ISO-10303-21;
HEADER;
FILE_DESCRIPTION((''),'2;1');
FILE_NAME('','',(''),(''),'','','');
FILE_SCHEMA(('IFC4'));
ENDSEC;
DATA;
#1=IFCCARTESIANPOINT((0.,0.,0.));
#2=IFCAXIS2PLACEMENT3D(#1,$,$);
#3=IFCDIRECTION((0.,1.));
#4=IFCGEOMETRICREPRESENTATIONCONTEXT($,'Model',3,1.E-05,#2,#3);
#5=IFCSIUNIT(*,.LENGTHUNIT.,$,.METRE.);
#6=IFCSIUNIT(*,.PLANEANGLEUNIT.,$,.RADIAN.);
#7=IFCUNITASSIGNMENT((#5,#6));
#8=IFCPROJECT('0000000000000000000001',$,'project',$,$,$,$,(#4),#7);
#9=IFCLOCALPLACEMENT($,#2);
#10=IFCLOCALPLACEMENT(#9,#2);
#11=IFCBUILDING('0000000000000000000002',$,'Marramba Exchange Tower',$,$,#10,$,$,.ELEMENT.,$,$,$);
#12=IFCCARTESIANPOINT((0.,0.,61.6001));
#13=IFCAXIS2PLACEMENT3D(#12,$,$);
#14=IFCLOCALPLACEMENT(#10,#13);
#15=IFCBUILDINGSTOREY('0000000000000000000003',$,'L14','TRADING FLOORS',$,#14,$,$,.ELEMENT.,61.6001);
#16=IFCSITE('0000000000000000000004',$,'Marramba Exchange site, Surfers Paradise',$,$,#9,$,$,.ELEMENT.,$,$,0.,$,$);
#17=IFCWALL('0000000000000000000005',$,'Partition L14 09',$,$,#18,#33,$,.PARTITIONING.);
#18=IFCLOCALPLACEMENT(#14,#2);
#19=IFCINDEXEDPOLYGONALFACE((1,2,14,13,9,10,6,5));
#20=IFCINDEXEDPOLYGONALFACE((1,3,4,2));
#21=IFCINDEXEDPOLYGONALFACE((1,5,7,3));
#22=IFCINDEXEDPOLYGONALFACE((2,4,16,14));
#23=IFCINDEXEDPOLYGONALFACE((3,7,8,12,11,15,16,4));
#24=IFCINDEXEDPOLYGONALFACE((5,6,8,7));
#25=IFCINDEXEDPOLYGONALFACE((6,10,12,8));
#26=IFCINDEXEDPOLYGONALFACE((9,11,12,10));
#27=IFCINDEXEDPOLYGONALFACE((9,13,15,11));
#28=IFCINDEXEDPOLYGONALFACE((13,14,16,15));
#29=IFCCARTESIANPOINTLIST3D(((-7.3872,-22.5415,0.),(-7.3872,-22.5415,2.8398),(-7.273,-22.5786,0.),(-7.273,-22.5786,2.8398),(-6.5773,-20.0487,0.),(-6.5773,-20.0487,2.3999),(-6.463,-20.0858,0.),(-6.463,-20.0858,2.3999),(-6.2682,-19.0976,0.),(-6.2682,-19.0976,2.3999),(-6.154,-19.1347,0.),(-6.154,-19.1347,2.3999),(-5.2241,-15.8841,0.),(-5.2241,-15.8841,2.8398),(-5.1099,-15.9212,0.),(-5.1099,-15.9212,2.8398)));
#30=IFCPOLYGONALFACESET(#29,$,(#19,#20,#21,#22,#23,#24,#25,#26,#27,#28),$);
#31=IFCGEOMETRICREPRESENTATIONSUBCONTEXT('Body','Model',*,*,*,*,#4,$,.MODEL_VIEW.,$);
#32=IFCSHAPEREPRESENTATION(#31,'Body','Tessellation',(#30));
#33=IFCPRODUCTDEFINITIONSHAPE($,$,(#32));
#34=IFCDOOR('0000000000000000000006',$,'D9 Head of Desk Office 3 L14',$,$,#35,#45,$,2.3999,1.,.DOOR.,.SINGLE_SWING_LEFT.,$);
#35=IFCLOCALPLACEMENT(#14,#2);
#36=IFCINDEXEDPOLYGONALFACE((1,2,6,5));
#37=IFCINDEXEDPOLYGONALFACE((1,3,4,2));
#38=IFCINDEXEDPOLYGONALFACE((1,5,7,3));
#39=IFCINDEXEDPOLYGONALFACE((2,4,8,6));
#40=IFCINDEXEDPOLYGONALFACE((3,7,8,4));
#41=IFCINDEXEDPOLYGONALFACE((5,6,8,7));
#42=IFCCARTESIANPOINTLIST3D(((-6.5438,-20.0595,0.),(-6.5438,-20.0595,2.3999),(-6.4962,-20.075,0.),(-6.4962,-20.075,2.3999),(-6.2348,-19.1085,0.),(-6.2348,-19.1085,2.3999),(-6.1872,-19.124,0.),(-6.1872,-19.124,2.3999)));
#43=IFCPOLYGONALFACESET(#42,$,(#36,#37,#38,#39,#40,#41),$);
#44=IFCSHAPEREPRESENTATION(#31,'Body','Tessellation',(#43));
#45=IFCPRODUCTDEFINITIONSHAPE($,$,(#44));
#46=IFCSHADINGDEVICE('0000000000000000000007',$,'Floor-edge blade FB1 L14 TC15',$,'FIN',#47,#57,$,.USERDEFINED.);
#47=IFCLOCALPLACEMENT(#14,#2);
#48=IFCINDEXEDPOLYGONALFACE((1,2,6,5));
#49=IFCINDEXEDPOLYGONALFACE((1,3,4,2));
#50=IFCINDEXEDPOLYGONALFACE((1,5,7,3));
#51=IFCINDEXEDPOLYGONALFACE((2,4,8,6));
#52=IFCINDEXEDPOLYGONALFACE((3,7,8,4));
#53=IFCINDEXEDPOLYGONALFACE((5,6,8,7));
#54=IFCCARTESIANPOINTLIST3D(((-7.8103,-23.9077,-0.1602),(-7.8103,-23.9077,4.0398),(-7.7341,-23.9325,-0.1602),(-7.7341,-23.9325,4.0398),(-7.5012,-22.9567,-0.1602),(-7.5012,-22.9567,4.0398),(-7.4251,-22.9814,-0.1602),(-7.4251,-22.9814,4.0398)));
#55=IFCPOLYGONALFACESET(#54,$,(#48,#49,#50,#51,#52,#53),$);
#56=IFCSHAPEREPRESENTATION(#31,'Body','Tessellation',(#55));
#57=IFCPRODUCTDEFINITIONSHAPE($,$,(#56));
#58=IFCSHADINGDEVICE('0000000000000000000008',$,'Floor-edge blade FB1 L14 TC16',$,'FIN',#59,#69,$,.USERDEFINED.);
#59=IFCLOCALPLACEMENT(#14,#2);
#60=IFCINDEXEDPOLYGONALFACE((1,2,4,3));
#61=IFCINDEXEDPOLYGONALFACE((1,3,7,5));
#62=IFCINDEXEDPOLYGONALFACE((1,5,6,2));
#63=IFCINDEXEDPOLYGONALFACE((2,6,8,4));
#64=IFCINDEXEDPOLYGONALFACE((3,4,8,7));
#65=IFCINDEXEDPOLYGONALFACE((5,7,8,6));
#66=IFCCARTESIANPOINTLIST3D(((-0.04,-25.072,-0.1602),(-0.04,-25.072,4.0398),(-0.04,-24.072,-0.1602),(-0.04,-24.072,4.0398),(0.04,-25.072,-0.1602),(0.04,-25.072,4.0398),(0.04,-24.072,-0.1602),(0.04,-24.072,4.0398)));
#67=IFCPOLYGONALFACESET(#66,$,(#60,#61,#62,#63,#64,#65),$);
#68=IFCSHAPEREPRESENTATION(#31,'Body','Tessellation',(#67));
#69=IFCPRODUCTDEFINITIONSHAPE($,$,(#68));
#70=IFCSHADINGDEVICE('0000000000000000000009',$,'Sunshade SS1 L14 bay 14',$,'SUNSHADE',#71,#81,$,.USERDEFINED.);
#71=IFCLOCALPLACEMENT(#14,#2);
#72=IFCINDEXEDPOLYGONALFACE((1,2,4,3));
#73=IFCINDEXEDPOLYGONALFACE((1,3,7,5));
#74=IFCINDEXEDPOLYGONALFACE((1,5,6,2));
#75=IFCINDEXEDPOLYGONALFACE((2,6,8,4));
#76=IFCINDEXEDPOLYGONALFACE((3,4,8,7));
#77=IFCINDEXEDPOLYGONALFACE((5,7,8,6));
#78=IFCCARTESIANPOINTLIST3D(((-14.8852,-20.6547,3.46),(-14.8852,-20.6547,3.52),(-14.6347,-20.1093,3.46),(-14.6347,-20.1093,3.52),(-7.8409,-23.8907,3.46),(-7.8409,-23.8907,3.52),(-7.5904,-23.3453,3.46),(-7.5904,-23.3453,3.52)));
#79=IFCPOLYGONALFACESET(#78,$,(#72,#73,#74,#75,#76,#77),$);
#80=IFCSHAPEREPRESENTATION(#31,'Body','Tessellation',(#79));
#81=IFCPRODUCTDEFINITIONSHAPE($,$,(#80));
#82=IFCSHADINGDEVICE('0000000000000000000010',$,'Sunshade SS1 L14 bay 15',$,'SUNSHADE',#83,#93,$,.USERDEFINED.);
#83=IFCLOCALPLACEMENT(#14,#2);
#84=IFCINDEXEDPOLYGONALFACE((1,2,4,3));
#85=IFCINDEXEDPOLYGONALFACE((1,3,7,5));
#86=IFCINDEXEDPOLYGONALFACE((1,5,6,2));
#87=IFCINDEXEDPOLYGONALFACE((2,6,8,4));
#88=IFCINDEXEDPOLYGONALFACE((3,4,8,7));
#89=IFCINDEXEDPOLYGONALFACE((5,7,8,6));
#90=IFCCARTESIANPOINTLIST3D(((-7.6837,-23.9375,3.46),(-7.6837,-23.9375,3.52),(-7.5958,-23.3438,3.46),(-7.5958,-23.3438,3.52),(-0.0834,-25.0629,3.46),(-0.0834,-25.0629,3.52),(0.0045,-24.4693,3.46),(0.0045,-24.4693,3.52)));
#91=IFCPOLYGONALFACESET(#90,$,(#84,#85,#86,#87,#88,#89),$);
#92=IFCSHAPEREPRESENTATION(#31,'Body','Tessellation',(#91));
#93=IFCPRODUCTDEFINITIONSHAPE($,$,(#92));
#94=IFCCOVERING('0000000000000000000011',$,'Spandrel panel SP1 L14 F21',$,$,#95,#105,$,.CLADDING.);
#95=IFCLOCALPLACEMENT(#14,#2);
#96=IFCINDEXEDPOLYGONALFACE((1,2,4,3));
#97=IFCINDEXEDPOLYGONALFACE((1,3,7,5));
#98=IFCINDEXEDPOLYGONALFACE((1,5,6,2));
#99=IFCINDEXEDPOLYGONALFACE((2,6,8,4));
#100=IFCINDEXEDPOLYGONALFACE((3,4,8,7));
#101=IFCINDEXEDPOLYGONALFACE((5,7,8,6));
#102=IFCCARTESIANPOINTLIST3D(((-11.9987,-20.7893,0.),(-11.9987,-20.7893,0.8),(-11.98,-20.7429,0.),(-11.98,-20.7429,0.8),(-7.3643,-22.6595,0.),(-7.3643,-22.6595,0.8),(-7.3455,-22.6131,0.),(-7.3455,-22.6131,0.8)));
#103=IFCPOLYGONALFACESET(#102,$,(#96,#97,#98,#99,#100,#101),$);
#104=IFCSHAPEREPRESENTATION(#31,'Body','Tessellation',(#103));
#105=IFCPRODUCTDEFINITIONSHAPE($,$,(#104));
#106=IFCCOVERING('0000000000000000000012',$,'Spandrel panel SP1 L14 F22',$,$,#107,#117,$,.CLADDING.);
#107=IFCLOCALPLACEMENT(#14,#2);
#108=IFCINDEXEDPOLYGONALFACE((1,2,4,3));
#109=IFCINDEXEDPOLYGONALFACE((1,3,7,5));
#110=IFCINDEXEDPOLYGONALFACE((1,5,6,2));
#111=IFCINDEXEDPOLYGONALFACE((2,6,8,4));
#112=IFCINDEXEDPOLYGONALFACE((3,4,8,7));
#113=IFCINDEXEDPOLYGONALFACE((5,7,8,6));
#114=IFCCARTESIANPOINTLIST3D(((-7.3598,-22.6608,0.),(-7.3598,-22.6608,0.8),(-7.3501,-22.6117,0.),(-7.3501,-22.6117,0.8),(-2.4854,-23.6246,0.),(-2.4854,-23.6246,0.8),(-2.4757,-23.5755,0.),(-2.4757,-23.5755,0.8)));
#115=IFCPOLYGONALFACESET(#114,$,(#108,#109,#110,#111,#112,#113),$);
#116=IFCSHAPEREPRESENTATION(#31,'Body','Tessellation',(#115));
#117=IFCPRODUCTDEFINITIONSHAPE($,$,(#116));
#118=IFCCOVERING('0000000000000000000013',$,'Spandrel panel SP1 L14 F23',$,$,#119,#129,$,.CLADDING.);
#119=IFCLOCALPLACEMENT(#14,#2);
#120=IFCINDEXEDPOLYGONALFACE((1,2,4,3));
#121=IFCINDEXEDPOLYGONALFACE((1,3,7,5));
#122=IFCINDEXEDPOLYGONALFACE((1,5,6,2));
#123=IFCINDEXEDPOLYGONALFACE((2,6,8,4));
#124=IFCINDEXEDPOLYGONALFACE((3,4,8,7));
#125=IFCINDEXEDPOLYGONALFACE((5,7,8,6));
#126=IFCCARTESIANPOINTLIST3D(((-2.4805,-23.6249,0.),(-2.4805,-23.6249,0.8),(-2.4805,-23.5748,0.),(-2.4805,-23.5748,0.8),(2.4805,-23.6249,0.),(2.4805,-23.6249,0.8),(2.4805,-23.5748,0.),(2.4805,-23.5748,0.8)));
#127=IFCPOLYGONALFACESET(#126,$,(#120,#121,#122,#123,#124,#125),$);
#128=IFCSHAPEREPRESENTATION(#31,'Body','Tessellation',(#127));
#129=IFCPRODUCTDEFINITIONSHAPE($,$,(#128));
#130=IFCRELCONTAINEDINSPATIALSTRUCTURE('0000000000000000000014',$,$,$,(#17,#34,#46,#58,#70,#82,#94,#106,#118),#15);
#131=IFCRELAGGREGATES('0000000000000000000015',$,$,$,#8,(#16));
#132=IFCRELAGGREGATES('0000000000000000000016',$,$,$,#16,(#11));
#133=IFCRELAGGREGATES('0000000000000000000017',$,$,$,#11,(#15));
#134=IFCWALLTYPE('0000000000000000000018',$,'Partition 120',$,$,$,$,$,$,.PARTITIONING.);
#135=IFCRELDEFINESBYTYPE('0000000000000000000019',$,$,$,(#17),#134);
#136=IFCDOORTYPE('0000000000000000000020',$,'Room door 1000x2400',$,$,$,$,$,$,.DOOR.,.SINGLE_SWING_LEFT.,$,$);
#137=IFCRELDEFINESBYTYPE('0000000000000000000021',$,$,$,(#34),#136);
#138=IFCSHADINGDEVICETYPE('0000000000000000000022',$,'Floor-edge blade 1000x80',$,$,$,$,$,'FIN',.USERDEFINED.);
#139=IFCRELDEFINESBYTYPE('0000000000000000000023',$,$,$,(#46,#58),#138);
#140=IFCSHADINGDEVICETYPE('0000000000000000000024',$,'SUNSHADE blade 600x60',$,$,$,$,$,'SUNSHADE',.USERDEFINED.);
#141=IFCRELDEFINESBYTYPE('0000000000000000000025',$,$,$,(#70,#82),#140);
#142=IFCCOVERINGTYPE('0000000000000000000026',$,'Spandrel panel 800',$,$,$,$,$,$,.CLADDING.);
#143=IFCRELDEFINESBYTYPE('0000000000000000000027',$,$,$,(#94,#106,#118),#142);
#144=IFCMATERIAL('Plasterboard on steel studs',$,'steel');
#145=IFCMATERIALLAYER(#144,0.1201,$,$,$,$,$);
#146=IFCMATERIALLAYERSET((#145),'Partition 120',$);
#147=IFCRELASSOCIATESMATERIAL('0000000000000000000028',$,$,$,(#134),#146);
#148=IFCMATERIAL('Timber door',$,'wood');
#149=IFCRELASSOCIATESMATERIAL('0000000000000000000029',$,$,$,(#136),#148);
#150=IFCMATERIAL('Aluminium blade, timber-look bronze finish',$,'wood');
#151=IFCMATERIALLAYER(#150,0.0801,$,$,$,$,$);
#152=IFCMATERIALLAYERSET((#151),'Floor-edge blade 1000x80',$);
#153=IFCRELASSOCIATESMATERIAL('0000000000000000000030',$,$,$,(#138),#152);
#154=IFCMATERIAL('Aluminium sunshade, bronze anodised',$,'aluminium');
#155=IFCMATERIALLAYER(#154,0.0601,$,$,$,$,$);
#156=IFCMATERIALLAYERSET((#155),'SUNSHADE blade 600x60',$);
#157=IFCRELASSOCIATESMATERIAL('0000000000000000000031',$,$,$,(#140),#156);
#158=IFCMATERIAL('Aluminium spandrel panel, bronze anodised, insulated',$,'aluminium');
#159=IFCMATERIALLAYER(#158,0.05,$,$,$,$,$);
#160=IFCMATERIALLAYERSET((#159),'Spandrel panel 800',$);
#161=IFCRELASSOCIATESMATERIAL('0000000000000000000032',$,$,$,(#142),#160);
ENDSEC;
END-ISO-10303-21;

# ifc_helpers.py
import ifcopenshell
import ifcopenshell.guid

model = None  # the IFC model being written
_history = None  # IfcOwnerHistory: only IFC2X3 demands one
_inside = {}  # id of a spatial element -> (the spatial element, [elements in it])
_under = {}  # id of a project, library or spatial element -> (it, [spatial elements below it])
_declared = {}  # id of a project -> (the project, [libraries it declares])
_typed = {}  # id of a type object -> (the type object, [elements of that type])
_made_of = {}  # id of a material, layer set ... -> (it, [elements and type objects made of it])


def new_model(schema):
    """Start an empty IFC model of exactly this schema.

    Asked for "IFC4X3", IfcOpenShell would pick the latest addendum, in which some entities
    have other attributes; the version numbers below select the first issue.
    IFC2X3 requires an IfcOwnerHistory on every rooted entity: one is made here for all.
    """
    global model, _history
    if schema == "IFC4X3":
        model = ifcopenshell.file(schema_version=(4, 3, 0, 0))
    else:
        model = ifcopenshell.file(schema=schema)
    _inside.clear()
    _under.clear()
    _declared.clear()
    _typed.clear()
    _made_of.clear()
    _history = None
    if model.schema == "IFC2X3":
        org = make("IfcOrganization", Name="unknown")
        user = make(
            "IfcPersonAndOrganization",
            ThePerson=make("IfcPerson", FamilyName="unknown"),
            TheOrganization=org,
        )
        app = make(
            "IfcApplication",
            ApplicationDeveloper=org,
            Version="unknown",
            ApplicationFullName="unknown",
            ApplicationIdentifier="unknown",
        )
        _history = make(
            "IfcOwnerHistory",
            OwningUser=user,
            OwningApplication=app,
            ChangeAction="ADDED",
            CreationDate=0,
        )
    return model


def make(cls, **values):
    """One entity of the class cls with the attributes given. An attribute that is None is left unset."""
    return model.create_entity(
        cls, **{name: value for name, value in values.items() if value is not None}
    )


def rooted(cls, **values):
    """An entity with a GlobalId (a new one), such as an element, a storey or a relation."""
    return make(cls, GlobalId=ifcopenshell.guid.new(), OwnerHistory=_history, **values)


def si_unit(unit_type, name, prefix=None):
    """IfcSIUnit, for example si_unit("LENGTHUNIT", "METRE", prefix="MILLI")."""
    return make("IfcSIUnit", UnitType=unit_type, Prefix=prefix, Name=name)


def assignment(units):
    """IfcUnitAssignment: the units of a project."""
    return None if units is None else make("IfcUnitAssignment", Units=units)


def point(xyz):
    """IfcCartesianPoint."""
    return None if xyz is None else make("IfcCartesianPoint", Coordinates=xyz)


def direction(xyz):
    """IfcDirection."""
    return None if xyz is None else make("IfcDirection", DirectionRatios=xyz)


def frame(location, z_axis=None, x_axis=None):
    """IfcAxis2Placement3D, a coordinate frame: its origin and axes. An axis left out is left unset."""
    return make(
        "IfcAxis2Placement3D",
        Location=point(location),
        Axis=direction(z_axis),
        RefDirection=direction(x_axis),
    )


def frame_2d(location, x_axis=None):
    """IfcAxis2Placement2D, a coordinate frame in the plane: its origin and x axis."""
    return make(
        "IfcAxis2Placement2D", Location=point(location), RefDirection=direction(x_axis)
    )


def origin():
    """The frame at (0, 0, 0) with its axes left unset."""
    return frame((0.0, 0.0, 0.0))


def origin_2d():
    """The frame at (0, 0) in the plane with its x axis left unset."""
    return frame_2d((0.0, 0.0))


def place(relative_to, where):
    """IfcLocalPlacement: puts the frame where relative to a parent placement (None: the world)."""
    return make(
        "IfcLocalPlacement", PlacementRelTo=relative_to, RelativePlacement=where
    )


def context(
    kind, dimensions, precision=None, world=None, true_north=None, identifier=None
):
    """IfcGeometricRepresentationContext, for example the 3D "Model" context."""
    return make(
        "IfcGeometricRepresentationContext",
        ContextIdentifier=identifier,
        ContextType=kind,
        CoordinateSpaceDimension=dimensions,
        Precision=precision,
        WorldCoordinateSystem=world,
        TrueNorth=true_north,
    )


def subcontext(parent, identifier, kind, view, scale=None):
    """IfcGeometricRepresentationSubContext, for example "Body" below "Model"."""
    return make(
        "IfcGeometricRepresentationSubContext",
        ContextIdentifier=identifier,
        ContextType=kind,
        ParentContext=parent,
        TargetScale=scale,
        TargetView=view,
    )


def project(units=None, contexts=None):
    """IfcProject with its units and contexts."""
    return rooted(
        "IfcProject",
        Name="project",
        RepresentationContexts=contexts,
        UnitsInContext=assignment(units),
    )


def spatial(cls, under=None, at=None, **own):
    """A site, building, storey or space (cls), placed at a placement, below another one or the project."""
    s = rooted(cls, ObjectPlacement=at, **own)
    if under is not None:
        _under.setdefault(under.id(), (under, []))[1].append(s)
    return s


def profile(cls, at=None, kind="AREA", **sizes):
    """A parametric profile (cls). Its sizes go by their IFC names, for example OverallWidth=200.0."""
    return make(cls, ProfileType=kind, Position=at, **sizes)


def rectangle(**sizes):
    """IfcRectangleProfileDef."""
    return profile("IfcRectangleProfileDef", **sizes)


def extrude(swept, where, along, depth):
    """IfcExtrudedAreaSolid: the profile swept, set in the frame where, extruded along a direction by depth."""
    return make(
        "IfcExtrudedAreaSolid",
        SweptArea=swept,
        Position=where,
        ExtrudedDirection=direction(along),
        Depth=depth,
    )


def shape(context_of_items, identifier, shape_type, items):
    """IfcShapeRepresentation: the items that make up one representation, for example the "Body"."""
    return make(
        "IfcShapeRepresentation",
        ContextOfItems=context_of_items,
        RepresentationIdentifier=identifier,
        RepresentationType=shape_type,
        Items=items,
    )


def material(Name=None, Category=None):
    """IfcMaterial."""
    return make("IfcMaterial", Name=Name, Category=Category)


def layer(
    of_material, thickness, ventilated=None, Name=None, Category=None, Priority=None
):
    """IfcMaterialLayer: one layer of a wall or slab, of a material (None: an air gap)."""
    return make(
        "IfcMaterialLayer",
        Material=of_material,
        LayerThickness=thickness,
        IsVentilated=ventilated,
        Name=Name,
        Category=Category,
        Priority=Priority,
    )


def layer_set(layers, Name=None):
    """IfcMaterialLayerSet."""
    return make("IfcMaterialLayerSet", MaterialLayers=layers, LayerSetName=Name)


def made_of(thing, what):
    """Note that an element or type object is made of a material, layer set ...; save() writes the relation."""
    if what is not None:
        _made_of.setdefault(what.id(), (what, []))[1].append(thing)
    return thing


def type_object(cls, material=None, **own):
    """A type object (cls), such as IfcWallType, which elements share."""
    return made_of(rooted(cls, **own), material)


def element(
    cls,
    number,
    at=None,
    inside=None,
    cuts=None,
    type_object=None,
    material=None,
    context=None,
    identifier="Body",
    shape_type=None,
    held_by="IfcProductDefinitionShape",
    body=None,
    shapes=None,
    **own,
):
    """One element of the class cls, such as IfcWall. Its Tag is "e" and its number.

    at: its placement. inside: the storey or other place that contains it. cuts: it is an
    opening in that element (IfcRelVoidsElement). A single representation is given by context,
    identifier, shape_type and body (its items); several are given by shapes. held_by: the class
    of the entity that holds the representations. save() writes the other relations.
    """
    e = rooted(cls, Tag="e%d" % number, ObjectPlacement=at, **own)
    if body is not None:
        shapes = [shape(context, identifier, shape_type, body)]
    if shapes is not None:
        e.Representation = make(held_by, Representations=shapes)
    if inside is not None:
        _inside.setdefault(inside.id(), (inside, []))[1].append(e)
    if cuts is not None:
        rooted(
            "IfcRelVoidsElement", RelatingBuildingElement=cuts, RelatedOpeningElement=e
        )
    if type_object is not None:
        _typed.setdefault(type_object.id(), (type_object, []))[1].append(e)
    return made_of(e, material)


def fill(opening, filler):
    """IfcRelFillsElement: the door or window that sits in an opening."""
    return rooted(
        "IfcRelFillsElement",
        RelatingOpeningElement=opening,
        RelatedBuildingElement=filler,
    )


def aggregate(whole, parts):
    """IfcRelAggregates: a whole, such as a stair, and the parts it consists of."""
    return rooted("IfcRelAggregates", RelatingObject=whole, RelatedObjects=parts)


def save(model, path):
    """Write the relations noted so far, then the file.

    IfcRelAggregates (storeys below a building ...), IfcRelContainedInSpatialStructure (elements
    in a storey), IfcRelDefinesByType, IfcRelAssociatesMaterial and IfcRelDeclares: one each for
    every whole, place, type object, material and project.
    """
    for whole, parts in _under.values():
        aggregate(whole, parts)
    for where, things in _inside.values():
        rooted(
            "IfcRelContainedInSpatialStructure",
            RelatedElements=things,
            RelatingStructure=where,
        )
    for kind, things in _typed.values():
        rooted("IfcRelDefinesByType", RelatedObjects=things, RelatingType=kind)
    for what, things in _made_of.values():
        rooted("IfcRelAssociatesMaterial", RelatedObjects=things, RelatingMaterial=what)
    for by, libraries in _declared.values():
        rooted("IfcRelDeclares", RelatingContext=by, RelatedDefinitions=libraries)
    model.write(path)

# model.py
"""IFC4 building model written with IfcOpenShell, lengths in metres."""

from ifc_helpers import new_model, si_unit, direction, frame, frame_2d, origin, origin_2d, place, context, subcontext, project, spatial, rectangle, extrude, material, layer, layer_set, type_object, element, fill, save


model = new_model("IFC4")

# Units and contexts
model_context = context("Model", 3, precision=1e-05, world=origin(), true_north=direction((0.0, 1.0)))
body_context = subcontext(model_context, "Body", "Model", "MODEL_VIEW")
ifc_project = project(units=[si_unit("LENGTHUNIT", "METRE"), si_unit("PLANEANGLEUNIT", "RADIAN")], contexts=[model_context])

# Site, building, storey
site_placement = place(None, origin())
site = spatial("IfcSite", under=ifc_project, at=site_placement, Name="Marramba Exchange site, Surfers Paradise", CompositionType="ELEMENT", RefElevation=0.0)
building_placement = place(site_placement, origin())
building = spatial("IfcBuilding", under=site, at=building_placement, Name="Marramba Exchange Tower", CompositionType="ELEMENT")
storey_placement = place(building_placement, frame((0.0, 0.0, 61.6001)))
storey = spatial("IfcBuildingStorey", under=building, at=storey_placement, Name="L14", Description="TRADING FLOORS", CompositionType="ELEMENT", Elevation=61.6001)

# Shared definitions
ifc_material_1 = material(Name="Plasterboard on steel studs", Category="steel")
ifc_layer_1 = layer(ifc_material_1, 0.1201)
ifc_layer_set_1 = layer_set([ifc_layer_1], Name="Partition 120")
wall_type = type_object("IfcWallType", Name="Partition 120", PredefinedType="PARTITIONING", material=ifc_layer_set_1)

# Wall, opening, door
wall_1_placement = place(storey_placement, frame((-7.3301, -22.5601, 0.0), z_axis=(0.0, 0.0, 1.0), x_axis=(0.30901, 0.951059, 0.0)))
wall_1 = element("IfcWall", 1, at=wall_1_placement, inside=storey, type_object=wall_type, Name="Partition L14 09", PredefinedType="PARTITIONING", context=body_context, shape_type="SweptSolid", body=[
    extrude(rectangle(XDim=7.0, YDim=0.1201, at=frame_2d((3.5, 0.0))), origin(), (0.0, 0.0, 1.0), 2.8398),
])
opening_placement = place(wall_1_placement, frame((2.6211, 0.0, 0.0)))
opening = element("IfcOpeningElement", 2, at=opening_placement, cuts=wall_1, PredefinedType="OPENING", context=body_context, shape_type="SweptSolid", body=[
    extrude(rectangle(XDim=1.0, YDim=2.3999, at=frame_2d((0.5, 1.2))), frame((0.0, 0.0701, 0.0), z_axis=(0.0, -1.0, 0.0), x_axis=(1.0, 0.0, 0.0)), (0.0, 0.0, 1.0), 0.1401),
])
ifc_material_2 = material(Name="Timber door", Category="wood")
door_type = type_object("IfcDoorType", Name="Room door 1000x2400", OperationType="SINGLE_SWING_LEFT", PredefinedType="DOOR", material=ifc_material_2)
door_placement = place(opening_placement, origin())
door = element("IfcDoor", 3, at=door_placement, inside=storey, type_object=door_type, Name="D9 Head of Desk Office 3 L14", OperationType="SINGLE_SWING_LEFT", OverallHeight=2.3999, OverallWidth=1.0, PredefinedType="DOOR", context=body_context, shape_type="SweptSolid", body=[
    extrude(rectangle(XDim=1.0, YDim=2.3999, at=frame_2d((0.5, 1.2))), frame((0.0, 0.0249, 0.0), z_axis=(0.0, -1.0, 0.0), x_axis=(1.0, 0.0, 0.0)), (0.0, 0.0, 1.0), 0.05),
])
fill(opening, door)

# Shading devices
ifc_material_3 = material(Name="Aluminium blade, timber-look bronze finish", Category="wood")
ifc_layer_2 = layer(ifc_material_3, 0.0801)
ifc_layer_set_2 = layer_set([ifc_layer_2], Name="Floor-edge blade 1000x80")
shading_device_type_1 = type_object("IfcShadingDeviceType", Name="Floor-edge blade 1000x80", ElementType="FIN", PredefinedType="USERDEFINED", material=ifc_layer_set_2)
for number, where, z_axis, x_axis, name in (
    (4, (-7.6177, -23.4446, -0.1602), (0.0, 0.0, 1.0), (-0.309017, -0.951057, 0.0), "Floor-edge blade FB1 L14 TC15"),
    (5, (0.0, -24.572, -0.1602), (0.0, 0.0, 1.0), (0.0, -1.0, 0.0), "Floor-edge blade FB1 L14 TC16"),
):
    element("IfcShadingDevice", number, at=place(storey_placement, frame(where, z_axis=z_axis, x_axis=x_axis)), inside=storey, type_object=shading_device_type_1, Name=name, ObjectType="FIN", PredefinedType="USERDEFINED", context=body_context, shape_type="SweptSolid", body=[
        extrude(rectangle(XDim=1.0, YDim=0.0801, at=origin_2d()), origin(), (0.0, 0.0, 1.0), 4.2),
    ])
ifc_material_4 = material(Name="Aluminium sunshade, bronze anodised", Category="aluminium")
ifc_layer_3 = layer(ifc_material_4, 0.0601)
ifc_layer_set_3 = layer_set([ifc_layer_3], Name="SUNSHADE blade 600x60")
shading_device_type_2 = type_object("IfcShadingDeviceType", Name="SUNSHADE blade 600x60", ElementType="SUNSHADE", PredefinedType="USERDEFINED", material=ifc_layer_set_3)
shading_device_1_placement = place(storey_placement, frame((-11.2378, -22.0, 3.46), z_axis=(0.0, 0.0, 1.0), x_axis=(0.908704, -0.417442, 0.0)))
element("IfcShadingDevice", 6, at=shading_device_1_placement, inside=storey, type_object=shading_device_type_2, Name="Sunshade SS1 L14 bay 14", ObjectType="SUNSHADE", PredefinedType="USERDEFINED", context=body_context, shape_type="SweptSolid", body=[
    extrude(rectangle(XDim=7.752, YDim=0.6001, at=origin_2d()), origin(), (0.0, 0.0, 1.0), 0.0601),
])
shading_device_2_placement = place(storey_placement, frame((-3.8396, -24.2034, 3.46), z_axis=(0.0, 0.0, 1.0), x_axis=(0.989213, -0.146485, 0.0)))
element("IfcShadingDevice", 7, at=shading_device_2_placement, inside=storey, type_object=shading_device_type_2, Name="Sunshade SS1 L14 bay 15", ObjectType="SUNSHADE", PredefinedType="USERDEFINED", context=body_context, shape_type="SweptSolid", body=[
    extrude(rectangle(XDim=7.6831, YDim=0.6001, at=origin_2d()), origin(), (0.0, 0.0, 1.0), 0.0601),
])

# Coverings
ifc_material_5 = material(Name="Aluminium spandrel panel, bronze anodised, insulated", Category="aluminium")
ifc_layer_4 = layer(ifc_material_5, 0.05)
ifc_layer_set_4 = layer_set([ifc_layer_4], Name="Spandrel panel 800")
covering_type = type_object("IfcCoveringType", Name="Spandrel panel 800", PredefinedType="CLADDING", material=ifc_layer_set_4)
covering_1_placement = place(storey_placement, frame((-9.6721, -21.7012, 0.0), z_axis=(0.0, 0.0, 1.0), x_axis=(0.927341, -0.374218, 0.0)))
element("IfcCovering", 8, at=covering_1_placement, inside=storey, type_object=covering_type, Name="Spandrel panel SP1 L14 F21", PredefinedType="CLADDING", context=body_context, shape_type="SweptSolid", body=[
    extrude(rectangle(XDim=4.9976, YDim=0.05, at=origin_2d()), origin(), (0.0, 0.0, 1.0), 0.8),
])
covering_2_placement = place(storey_placement, frame((-4.9177, -23.1182, 0.0), z_axis=(0.0, 0.0, 1.0), x_axis=(0.981009, -0.193961, 0.0)))
element("IfcCovering", 9, at=covering_2_placement, inside=storey, type_object=covering_type, Name="Spandrel panel SP1 L14 F22", PredefinedType="CLADDING", context=body_context, shape_type="SweptSolid", body=[
    extrude(rectangle(XDim=4.9688, YDim=0.05, at=origin_2d()), origin(), (0.0, 0.0, 1.0), 0.8),
])
covering_3_placement = place(storey_placement, frame((0.0, -23.5999, 0.0), z_axis=(0.0, 0.0, 1.0), x_axis=(1.0, 0.0, 0.0)))
element("IfcCovering", 10, at=covering_3_placement, inside=storey, type_object=covering_type, Name="Spandrel panel SP1 L14 F23", PredefinedType="CLADDING", context=body_context, shape_type="SweptSolid", body=[
    extrude(rectangle(XDim=4.9609, YDim=0.05, at=origin_2d()), origin(), (0.0, 0.0, 1.0), 0.8),
])

save(model, "model.ifc")
